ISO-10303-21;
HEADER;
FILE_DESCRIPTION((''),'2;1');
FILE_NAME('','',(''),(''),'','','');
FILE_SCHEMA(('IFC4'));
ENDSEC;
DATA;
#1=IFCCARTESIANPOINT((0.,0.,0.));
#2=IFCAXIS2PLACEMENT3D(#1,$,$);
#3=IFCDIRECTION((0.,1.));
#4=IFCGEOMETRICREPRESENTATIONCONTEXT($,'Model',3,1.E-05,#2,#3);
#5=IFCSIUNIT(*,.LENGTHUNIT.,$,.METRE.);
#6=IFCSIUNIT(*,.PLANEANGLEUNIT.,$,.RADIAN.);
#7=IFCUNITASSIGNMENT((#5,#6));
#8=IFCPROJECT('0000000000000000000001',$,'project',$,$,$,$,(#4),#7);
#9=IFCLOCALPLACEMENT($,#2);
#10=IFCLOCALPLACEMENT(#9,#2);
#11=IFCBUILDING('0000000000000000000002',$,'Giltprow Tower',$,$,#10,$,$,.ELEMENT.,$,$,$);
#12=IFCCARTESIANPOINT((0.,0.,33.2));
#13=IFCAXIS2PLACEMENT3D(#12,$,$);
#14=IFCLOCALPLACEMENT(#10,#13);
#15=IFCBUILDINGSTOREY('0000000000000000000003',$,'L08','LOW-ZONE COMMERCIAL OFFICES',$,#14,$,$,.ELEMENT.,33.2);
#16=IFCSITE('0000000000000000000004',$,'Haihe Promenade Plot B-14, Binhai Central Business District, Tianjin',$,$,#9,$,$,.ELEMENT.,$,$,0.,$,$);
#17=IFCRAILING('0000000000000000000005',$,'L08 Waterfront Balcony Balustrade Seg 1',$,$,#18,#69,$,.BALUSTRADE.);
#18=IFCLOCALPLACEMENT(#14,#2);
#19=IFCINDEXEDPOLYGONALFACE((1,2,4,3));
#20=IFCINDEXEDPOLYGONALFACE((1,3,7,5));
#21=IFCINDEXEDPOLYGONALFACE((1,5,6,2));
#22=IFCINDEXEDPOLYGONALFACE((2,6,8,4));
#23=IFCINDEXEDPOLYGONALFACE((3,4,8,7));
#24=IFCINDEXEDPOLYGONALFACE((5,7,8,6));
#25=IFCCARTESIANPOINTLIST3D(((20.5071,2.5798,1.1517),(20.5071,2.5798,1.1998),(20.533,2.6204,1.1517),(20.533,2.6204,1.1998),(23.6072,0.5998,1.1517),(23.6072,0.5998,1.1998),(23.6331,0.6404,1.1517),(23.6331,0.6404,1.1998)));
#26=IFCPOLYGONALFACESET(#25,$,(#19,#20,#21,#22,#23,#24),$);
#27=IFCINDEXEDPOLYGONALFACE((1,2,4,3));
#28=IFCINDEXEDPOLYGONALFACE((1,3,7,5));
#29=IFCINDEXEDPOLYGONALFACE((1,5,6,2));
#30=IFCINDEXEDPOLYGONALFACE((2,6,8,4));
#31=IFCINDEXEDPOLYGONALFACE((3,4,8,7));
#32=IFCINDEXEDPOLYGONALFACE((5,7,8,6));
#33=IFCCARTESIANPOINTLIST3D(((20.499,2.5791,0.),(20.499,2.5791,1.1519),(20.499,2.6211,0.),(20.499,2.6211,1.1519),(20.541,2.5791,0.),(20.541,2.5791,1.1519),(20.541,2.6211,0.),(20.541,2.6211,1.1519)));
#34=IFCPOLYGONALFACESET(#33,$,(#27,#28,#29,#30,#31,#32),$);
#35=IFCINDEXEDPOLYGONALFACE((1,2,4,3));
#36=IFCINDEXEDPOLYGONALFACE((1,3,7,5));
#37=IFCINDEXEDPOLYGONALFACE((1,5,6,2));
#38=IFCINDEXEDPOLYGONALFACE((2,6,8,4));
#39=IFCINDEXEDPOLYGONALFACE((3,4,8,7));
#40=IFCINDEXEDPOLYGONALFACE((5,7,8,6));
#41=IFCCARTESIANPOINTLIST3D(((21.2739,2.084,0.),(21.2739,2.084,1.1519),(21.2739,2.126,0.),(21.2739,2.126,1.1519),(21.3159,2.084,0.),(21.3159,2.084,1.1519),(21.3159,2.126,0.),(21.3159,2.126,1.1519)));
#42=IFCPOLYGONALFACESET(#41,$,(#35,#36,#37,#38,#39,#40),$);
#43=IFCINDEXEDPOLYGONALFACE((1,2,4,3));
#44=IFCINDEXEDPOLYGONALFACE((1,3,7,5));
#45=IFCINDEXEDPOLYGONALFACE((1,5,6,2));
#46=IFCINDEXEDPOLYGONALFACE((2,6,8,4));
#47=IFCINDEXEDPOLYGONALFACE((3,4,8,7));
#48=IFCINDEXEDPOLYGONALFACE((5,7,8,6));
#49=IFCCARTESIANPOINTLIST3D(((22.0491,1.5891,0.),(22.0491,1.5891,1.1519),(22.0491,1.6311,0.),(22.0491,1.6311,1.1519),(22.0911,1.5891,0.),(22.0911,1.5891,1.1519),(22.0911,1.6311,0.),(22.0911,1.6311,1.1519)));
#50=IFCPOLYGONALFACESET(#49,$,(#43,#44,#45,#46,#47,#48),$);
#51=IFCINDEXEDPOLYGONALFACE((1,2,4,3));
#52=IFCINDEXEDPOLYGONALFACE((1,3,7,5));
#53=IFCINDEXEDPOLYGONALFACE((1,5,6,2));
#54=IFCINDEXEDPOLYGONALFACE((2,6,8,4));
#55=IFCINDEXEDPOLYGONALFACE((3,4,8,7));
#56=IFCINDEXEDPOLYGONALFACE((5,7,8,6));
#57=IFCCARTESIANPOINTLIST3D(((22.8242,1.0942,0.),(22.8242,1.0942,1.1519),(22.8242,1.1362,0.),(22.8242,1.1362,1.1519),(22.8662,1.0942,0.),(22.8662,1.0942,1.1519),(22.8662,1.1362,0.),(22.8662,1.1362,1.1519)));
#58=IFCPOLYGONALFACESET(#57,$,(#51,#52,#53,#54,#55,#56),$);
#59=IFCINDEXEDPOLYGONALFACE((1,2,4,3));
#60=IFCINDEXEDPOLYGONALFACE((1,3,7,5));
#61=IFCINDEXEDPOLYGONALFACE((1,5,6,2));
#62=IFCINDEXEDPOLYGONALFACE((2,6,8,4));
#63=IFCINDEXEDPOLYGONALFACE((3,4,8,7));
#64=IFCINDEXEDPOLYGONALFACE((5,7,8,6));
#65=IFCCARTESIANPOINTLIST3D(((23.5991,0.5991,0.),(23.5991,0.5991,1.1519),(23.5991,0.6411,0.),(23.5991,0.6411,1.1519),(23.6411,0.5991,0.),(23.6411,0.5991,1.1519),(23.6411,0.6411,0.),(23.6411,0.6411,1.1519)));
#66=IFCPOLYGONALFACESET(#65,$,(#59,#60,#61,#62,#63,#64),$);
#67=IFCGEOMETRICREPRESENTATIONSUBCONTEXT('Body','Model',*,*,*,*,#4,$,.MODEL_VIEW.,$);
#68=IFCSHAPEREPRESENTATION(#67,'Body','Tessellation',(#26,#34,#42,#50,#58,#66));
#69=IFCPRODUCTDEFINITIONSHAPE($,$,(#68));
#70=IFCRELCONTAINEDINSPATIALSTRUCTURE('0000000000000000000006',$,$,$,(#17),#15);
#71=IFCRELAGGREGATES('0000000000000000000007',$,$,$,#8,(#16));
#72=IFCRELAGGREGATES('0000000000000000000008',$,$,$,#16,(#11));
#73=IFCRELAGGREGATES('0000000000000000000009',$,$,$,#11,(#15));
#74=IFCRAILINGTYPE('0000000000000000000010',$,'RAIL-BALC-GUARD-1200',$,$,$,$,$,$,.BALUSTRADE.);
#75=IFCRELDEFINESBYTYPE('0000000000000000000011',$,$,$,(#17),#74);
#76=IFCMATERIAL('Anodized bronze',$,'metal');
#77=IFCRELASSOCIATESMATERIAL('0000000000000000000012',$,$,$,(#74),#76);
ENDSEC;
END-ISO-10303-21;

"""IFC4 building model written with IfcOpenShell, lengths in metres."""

from ifc_helpers import new_model, si_unit, direction, frame, origin, origin_2d, place, context, subcontext, project, spatial, rectangle, extrude, material, type_object, element, save


model = new_model("IFC4")

# Units and contexts
model_context = context("Model", 3, precision=1e-05, world=origin(), true_north=direction((0.0, 1.0)))
body_context = subcontext(model_context, "Body", "Model", "MODEL_VIEW")
ifc_project = project(units=[si_unit("LENGTHUNIT", "METRE"), si_unit("PLANEANGLEUNIT", "RADIAN")], contexts=[model_context])

# Site, building, storey
site_placement = place(None, origin())
site = spatial("IfcSite", under=ifc_project, at=site_placement, Name="Haihe Promenade Plot B-14, Binhai Central Business District, Tianjin", CompositionType="ELEMENT", RefElevation=0.0)
building_placement = place(site_placement, origin())
building = spatial("IfcBuilding", under=site, at=building_placement, Name="Giltprow Tower", CompositionType="ELEMENT")
storey_placement = place(building_placement, frame((0.0, 0.0, 33.2)))
storey = spatial("IfcBuildingStorey", under=building, at=storey_placement, Name="L08", Description="LOW-ZONE COMMERCIAL OFFICES", CompositionType="ELEMENT", Elevation=33.2)

# Shared definitions
ifc_material_1 = material(Name="Anodized bronze", Category="metal")

# Railing
railing_type = type_object("IfcRailingType", Name="RAIL-BALC-GUARD-1200", PredefinedType="BALUSTRADE", material=ifc_material_1)
railing_1_placement = place(storey_placement, frame((20.52, 2.6001, 0.0)))
element("IfcRailing", 1, at=railing_1_placement, inside=storey, type_object=railing_type, Name="L08 Waterfront Balcony Balustrade Seg 1", PredefinedType="BALUSTRADE", context=body_context, shape_type="SweptSolid", body=[
    extrude(rectangle(XDim=0.0481, YDim=0.0481, at=origin_2d()), frame((0.0, 0.0, 1.1758), z_axis=(0.842775, -0.538266, 0.0), x_axis=(0.538266, 0.842775, 0.0)), (0.0, 0.0, 1.0), 3.6785),
    extrude(rectangle(XDim=0.042, YDim=0.042, at=origin_2d()), origin(), (0.0, 0.0, 1.0), 1.1519),
    extrude(rectangle(XDim=0.042, YDim=0.042, at=origin_2d()), frame((0.7749, -0.4951, 0.0)), (0.0, 0.0, 1.0), 1.1519),
    extrude(rectangle(XDim=0.042, YDim=0.042, at=origin_2d()), frame((1.55, -0.99, 0.0)), (0.0, 0.0, 1.0), 1.1519),
    extrude(rectangle(XDim=0.042, YDim=0.042, at=origin_2d()), frame((2.3252, -1.4849, 0.0)), (0.0, 0.0, 1.0), 1.1519),
    extrude(rectangle(XDim=0.042, YDim=0.042, at=origin_2d()), frame((3.1001, -1.98, 0.0)), (0.0, 0.0, 1.0), 1.1519),
])

save(model, "model.ifc")
